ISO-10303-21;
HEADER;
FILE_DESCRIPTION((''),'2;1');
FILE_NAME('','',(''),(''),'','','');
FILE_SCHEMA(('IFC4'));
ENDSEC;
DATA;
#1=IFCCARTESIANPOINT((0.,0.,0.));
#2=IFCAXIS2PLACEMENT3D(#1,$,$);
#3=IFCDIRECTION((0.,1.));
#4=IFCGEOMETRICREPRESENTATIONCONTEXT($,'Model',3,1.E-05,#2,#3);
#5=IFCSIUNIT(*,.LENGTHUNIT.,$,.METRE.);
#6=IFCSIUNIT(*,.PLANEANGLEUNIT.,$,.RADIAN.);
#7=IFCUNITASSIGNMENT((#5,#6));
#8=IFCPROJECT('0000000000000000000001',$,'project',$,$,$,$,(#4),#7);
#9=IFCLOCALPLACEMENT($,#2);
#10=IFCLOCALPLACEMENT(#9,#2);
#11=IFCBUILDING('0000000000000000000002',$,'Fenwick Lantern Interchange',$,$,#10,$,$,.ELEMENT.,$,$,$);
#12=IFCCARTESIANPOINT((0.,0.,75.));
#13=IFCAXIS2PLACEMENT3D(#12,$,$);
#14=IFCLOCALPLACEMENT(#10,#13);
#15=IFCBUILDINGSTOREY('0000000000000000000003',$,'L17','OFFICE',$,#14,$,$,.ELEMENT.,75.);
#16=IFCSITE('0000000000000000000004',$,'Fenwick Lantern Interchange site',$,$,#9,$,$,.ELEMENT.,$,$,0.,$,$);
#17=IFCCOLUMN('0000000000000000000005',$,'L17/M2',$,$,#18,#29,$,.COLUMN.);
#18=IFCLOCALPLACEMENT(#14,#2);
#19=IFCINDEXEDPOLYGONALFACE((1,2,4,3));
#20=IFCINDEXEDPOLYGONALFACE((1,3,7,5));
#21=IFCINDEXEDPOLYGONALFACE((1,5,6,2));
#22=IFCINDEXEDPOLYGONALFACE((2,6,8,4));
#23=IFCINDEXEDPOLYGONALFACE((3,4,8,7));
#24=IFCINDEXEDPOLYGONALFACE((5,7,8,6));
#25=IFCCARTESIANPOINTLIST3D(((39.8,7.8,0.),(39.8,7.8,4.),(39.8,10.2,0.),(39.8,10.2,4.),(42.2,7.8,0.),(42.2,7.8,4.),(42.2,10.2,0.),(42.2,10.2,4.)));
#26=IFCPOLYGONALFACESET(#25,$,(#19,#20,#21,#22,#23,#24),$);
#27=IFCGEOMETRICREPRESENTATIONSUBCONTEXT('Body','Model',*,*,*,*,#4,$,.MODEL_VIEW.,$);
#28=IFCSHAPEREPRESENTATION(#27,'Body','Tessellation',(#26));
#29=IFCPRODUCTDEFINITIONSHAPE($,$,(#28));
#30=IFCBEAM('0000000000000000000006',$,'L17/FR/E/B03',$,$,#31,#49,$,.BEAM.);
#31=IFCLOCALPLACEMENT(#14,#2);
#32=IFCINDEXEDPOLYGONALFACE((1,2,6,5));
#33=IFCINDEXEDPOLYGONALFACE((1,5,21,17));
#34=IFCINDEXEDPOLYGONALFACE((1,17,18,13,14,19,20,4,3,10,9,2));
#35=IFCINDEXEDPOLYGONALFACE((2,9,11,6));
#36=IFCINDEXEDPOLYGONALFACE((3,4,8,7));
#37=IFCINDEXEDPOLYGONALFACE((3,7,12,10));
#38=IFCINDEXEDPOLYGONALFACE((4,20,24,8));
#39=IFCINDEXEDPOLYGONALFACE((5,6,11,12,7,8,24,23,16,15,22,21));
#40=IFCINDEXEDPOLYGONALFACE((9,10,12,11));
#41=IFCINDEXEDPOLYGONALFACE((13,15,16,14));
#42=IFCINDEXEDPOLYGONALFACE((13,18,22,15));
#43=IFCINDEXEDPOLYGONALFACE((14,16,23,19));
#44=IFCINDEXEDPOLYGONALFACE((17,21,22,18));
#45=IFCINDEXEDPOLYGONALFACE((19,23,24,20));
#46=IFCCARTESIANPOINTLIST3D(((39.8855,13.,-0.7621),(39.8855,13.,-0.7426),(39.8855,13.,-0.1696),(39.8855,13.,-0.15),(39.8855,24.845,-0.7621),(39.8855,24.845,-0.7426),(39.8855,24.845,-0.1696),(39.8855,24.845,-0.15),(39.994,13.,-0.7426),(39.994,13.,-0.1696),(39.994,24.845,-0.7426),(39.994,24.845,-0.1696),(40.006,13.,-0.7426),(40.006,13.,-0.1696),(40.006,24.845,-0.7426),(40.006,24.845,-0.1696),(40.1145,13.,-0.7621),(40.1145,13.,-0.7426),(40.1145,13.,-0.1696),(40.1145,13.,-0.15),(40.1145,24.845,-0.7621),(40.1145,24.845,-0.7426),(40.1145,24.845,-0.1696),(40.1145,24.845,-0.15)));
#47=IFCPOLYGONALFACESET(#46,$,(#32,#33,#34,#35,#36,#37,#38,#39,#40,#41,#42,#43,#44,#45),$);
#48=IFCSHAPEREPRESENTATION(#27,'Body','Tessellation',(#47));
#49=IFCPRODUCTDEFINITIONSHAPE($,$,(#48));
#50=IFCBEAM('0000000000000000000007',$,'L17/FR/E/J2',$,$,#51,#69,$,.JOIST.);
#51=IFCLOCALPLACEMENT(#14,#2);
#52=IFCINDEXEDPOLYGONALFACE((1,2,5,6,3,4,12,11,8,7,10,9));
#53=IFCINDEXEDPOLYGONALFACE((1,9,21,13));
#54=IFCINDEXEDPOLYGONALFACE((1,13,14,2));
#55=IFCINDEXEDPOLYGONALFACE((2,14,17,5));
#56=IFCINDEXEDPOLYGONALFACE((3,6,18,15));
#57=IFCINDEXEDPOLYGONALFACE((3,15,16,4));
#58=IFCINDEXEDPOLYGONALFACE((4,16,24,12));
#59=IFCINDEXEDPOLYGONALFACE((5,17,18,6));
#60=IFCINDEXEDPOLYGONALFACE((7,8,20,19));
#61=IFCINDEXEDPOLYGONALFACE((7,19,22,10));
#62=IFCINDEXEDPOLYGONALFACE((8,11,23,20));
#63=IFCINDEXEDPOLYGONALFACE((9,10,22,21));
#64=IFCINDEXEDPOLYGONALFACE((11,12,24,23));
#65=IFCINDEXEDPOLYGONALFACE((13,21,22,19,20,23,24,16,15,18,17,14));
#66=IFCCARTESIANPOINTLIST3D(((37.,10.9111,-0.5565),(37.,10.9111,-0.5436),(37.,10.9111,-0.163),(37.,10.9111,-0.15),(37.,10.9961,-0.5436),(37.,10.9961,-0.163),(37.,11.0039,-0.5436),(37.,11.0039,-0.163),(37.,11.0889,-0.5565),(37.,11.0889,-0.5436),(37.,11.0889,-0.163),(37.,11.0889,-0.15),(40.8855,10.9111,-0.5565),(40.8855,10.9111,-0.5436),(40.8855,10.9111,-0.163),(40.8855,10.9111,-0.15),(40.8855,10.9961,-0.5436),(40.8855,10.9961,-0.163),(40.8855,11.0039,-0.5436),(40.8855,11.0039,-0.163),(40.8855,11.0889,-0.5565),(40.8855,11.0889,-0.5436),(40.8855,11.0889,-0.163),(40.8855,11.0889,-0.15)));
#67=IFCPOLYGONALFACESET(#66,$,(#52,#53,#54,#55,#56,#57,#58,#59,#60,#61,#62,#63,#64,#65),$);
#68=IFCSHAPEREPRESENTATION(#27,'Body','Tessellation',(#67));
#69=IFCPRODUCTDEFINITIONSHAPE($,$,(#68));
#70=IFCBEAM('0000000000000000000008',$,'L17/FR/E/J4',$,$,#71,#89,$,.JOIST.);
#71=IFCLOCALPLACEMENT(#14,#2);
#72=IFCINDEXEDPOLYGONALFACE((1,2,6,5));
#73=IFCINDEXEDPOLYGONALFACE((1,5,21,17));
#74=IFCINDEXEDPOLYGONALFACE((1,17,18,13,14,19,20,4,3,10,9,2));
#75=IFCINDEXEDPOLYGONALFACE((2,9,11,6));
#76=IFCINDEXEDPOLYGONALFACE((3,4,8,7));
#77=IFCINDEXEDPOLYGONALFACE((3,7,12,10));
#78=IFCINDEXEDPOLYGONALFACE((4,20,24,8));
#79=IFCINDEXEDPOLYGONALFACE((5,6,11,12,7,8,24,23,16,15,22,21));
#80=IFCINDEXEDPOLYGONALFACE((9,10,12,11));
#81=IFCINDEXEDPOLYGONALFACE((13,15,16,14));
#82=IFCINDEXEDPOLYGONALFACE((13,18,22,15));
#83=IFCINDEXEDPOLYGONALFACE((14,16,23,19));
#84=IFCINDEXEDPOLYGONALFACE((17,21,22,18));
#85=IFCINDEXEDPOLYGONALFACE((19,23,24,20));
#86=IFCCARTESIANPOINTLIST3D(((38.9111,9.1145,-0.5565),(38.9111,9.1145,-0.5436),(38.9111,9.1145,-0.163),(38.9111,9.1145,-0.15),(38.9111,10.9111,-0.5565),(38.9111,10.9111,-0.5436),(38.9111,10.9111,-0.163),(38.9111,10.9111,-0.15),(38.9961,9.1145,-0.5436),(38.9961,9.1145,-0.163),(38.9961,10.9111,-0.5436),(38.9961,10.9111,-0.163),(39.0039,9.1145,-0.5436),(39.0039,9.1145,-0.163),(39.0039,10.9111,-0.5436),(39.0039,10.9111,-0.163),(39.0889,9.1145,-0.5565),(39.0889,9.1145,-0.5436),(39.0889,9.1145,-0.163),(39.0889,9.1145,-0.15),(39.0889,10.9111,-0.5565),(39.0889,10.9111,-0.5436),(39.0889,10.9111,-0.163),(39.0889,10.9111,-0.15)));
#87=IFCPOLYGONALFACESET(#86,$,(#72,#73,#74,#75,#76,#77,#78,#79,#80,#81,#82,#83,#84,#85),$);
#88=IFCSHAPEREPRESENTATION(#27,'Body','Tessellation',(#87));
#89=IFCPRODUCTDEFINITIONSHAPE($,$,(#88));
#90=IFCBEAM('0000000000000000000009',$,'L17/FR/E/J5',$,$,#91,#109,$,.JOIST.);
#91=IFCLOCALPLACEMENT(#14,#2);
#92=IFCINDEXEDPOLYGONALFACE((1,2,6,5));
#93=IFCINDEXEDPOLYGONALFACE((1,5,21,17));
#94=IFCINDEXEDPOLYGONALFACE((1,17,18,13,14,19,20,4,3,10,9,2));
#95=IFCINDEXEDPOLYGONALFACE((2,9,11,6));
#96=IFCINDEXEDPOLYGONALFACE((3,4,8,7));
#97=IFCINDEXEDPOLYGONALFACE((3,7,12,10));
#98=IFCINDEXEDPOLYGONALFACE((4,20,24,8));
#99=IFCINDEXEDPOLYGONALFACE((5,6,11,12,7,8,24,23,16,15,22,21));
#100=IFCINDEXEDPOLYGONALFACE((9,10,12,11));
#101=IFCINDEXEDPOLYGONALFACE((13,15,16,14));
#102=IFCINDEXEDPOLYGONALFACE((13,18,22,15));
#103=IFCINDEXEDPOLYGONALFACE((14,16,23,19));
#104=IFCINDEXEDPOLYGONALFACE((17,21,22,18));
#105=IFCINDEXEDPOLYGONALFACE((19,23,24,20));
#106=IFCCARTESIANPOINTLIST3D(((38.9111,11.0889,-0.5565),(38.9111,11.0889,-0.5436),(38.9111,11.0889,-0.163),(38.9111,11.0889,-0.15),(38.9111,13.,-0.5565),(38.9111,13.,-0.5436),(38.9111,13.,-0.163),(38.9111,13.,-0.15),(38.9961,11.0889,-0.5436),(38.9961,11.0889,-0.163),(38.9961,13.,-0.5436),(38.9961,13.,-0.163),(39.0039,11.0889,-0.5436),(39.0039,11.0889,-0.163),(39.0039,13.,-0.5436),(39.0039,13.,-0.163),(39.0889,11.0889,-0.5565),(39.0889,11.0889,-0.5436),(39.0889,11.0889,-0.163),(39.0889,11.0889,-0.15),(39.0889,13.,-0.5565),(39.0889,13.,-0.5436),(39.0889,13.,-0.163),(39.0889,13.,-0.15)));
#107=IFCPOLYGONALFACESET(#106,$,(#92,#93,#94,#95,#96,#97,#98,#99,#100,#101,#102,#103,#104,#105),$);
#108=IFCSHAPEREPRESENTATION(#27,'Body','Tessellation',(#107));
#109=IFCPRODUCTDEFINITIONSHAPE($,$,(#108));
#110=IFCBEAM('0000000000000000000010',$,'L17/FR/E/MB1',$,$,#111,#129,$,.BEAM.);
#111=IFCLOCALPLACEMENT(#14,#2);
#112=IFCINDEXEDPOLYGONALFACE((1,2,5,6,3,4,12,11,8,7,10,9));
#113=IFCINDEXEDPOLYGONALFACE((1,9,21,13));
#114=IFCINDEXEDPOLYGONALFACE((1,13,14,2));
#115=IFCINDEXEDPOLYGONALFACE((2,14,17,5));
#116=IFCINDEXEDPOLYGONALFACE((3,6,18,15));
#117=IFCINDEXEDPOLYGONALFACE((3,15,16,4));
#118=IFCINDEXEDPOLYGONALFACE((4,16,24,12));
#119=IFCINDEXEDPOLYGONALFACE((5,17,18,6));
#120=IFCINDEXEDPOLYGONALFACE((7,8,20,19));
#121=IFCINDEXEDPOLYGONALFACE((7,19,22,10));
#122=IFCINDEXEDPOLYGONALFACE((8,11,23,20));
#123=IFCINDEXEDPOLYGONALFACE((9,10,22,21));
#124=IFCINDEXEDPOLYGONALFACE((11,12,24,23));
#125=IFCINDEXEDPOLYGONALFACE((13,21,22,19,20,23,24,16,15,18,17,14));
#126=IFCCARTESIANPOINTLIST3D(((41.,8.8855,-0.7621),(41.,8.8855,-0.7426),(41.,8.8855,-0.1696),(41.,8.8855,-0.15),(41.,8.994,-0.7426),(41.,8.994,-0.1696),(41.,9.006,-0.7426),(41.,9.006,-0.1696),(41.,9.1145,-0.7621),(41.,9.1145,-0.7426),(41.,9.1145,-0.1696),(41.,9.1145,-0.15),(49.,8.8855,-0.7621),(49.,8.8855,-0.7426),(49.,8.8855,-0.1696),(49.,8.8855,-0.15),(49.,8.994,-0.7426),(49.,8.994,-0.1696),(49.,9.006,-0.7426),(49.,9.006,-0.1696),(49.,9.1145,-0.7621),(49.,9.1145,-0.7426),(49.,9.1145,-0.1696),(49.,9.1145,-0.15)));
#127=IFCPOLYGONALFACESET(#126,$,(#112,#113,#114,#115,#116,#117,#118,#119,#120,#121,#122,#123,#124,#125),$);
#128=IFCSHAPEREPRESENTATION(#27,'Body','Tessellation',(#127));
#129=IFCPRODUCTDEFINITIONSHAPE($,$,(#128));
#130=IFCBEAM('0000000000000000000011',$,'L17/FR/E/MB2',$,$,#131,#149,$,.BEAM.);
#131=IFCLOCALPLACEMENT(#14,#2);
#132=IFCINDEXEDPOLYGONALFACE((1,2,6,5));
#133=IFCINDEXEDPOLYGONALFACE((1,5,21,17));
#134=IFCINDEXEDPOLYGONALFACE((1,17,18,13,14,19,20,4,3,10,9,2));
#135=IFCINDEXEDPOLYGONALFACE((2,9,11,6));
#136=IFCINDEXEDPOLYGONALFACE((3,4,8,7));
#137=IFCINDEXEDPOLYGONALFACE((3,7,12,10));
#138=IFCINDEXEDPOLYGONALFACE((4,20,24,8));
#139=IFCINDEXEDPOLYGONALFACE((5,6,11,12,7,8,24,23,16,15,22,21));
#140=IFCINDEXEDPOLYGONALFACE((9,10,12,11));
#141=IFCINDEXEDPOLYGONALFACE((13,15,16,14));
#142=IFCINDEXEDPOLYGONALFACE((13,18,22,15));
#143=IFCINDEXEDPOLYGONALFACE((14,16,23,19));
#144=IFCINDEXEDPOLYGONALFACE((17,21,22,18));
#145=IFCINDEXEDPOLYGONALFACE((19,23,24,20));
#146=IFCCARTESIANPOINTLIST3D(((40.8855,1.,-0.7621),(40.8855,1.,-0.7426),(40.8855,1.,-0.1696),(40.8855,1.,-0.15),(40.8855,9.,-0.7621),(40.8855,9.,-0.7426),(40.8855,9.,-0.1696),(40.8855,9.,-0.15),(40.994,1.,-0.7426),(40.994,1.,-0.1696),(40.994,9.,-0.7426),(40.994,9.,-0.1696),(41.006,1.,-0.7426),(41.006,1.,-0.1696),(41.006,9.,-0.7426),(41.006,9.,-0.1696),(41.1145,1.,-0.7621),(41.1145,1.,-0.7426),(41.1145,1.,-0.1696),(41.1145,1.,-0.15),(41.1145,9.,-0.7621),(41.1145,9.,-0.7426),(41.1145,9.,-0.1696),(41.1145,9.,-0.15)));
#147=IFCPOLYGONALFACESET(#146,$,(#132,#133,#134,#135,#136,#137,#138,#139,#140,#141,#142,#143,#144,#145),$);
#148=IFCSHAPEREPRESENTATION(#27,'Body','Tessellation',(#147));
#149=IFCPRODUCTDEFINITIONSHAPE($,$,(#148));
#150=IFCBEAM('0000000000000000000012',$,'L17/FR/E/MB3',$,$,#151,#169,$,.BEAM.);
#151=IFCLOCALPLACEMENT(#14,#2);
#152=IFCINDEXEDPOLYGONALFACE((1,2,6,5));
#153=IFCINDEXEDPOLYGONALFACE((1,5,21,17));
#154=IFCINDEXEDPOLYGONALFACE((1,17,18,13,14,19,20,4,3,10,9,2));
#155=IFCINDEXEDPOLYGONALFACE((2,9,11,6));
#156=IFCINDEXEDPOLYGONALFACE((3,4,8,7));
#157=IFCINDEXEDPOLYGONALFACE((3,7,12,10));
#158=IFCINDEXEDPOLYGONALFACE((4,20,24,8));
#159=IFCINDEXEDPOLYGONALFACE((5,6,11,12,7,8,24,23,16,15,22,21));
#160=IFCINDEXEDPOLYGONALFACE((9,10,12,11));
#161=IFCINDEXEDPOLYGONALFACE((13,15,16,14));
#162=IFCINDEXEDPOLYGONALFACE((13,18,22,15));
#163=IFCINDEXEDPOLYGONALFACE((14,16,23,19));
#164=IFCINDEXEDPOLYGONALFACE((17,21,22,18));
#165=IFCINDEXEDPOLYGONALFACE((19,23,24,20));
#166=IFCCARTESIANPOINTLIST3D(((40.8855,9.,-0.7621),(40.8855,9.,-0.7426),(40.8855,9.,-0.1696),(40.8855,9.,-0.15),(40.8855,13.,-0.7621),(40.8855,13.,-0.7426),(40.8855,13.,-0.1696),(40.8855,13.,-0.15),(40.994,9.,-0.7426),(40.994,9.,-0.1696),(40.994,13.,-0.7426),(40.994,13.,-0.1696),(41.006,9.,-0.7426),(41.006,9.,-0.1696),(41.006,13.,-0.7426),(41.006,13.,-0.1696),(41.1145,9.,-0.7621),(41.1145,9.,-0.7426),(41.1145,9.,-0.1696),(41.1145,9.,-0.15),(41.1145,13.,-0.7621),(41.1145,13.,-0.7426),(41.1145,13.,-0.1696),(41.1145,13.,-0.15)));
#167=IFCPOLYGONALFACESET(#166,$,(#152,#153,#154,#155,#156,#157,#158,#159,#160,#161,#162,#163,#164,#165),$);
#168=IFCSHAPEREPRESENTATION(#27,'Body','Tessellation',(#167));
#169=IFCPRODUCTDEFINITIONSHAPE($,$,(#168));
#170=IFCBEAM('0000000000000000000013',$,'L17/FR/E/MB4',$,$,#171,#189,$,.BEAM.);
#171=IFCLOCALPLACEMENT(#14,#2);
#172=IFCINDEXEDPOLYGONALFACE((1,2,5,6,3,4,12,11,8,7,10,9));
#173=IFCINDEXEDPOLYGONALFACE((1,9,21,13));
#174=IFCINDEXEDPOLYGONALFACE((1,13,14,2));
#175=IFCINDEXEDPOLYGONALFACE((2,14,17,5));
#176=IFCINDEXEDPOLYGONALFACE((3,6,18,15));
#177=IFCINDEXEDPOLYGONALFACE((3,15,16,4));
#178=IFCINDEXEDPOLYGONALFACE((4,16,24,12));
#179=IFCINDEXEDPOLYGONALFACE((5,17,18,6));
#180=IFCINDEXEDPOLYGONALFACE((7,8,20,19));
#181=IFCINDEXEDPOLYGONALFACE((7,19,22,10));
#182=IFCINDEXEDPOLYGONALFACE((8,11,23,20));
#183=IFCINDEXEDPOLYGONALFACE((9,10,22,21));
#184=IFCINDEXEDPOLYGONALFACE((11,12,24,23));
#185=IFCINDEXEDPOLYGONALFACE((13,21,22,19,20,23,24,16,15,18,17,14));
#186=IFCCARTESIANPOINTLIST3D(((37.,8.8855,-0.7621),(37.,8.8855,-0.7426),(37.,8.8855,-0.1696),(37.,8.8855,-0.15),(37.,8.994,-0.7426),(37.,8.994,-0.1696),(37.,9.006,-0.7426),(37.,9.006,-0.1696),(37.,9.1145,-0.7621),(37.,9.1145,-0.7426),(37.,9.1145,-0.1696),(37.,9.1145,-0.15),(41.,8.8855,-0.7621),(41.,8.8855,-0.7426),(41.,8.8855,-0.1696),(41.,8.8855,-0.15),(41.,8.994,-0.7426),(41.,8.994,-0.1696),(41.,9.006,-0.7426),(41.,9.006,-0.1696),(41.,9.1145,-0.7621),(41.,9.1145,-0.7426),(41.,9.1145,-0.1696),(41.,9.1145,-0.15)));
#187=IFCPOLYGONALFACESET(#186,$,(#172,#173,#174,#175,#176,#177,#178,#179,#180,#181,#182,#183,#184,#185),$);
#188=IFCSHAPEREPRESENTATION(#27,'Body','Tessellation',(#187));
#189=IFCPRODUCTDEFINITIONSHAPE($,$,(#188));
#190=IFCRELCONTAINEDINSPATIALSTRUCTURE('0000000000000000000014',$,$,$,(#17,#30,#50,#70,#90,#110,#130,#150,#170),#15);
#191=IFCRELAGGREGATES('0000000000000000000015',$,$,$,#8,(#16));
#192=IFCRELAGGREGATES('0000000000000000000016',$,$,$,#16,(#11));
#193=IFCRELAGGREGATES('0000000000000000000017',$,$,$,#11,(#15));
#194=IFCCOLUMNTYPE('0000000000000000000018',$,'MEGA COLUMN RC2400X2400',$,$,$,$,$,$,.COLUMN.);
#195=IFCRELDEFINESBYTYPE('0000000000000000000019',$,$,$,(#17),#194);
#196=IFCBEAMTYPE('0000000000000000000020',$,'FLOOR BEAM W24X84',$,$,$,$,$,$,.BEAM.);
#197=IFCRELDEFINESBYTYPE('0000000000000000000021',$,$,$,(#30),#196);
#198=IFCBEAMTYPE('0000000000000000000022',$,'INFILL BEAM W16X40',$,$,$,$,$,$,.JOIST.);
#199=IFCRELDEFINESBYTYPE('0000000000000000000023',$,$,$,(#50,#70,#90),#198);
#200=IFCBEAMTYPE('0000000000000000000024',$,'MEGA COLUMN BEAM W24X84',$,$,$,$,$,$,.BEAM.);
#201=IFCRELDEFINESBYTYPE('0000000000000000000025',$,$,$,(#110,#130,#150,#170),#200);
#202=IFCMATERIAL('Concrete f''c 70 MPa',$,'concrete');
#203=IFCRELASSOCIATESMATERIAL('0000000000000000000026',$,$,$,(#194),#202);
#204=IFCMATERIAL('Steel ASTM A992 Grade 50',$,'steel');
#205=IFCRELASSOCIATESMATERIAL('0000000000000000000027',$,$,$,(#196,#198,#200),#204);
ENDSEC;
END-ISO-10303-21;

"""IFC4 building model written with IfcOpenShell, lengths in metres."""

from ifc_helpers import new_model, si_unit, direction, frame, origin, origin_2d, place, context, subcontext, project, spatial, rectangle, i_section, extrude, material, material_profile, profile_set, type_object, element, save


model = new_model("IFC4")

# Units and contexts
model_context = context("Model", 3, precision=1e-05, world=origin(), true_north=direction((0.0, 1.0)))
body_context = subcontext(model_context, "Body", "Model", "MODEL_VIEW")
ifc_project = project(units=[si_unit("LENGTHUNIT", "METRE"), si_unit("PLANEANGLEUNIT", "RADIAN")], contexts=[model_context])

# Site, building, storey
site_placement = place(None, origin())
site = spatial("IfcSite", under=ifc_project, at=site_placement, Name="Fenwick Lantern Interchange site", CompositionType="ELEMENT", RefElevation=0.0)
building_placement = place(site_placement, origin())
building = spatial("IfcBuilding", under=site, at=building_placement, Name="Fenwick Lantern Interchange", CompositionType="ELEMENT")
storey_placement = place(building_placement, frame((0.0, 0.0, 75.0)))
storey = spatial("IfcBuildingStorey", under=building, at=storey_placement, Name="L17", Description="OFFICE", CompositionType="ELEMENT", Elevation=75.0)

# Column
ifc_material_1 = material(Name="Concrete f'c 70 MPa", Category="concrete")
ifc_material_profile_1 = material_profile(ifc_material_1, rectangle(XDim=2.3999, YDim=2.3999, at=origin_2d()), Name="RC2400X2400")
ifc_profile_set_1 = profile_set([ifc_material_profile_1], Name="Concrete f'c 70 MPa")
column_type = type_object("IfcColumnType", Name="MEGA COLUMN RC2400X2400", PredefinedType="COLUMN", material=ifc_profile_set_1)
column_placement = place(storey_placement, frame((41.0, 9.0, 0.0), z_axis=(0.0, 0.0, 1.0), x_axis=(1.0, 0.0, 0.0)))
element("IfcColumn", 1, at=column_placement, inside=storey, type_object=column_type, Name="L17/M2", PredefinedType="COLUMN", context=body_context, shape_type="SweptSolid", body=[
    extrude(rectangle(XDim=2.3999, YDim=2.3999, at=origin_2d()), origin(), (0.0, 0.0, 1.0), 4.0),
])

# Beams
ifc_material_2 = material(Name="Steel ASTM A992 Grade 50", Category="steel")
ifc_material_profile_2 = material_profile(ifc_material_2, i_section(OverallWidth=0.229, OverallDepth=0.6121, WebThickness=0.012, FlangeThickness=0.0195, at=origin_2d()), Name="W24X84")
ifc_profile_set_2 = profile_set([ifc_material_profile_2], Name="Steel ASTM A992 Grade 50")
beam_type_1 = type_object("IfcBeamType", Name="FLOOR BEAM W24X84", PredefinedType="BEAM", material=ifc_profile_set_2)
beam_1_placement = place(storey_placement, frame((40.0, 13.0, -0.4561), z_axis=(0.0, 1.0, 0.0), x_axis=(-1.0, 0.0, 0.0)))
element("IfcBeam", 2, at=beam_1_placement, inside=storey, type_object=beam_type_1, Name="L17/FR/E/B03", PredefinedType="BEAM", context=body_context, shape_type="SweptSolid", body=[
    extrude(i_section(OverallWidth=0.229, OverallDepth=0.6121, WebThickness=0.012, FlangeThickness=0.0195, at=origin_2d()), origin(), (0.0, 0.0, 1.0), 11.845),
])
ifc_material_profile_3 = material_profile(ifc_material_2, i_section(OverallWidth=0.1777, OverallDepth=0.4065, WebThickness=0.0078, FlangeThickness=0.0129, at=origin_2d()), Name="W16X40")
ifc_profile_set_3 = profile_set([ifc_material_profile_3], Name="Steel ASTM A992 Grade 50")
beam_type_2 = type_object("IfcBeamType", Name="INFILL BEAM W16X40", PredefinedType="JOIST", material=ifc_profile_set_3)
beam_2_placement = place(storey_placement, frame((40.8855, 11.0, -0.3533), z_axis=(-1.0, 0.0, 0.0), x_axis=(0.0, -1.0, 0.0)))
element("IfcBeam", 3, at=beam_2_placement, inside=storey, type_object=beam_type_2, Name="L17/FR/E/J2", PredefinedType="JOIST", context=body_context, shape_type="SweptSolid", body=[
    extrude(i_section(OverallWidth=0.1777, OverallDepth=0.4065, WebThickness=0.0078, FlangeThickness=0.0129, at=origin_2d()), origin(), (0.0, 0.0, 1.0), 3.8855),
])
beam_3_placement = place(storey_placement, frame((39.0, 9.1145, -0.3533), z_axis=(0.0, 1.0, 0.0), x_axis=(-1.0, 0.0, 0.0)))
element("IfcBeam", 4, at=beam_3_placement, inside=storey, type_object=beam_type_2, Name="L17/FR/E/J4", PredefinedType="JOIST", context=body_context, shape_type="SweptSolid", body=[
    extrude(i_section(OverallWidth=0.1777, OverallDepth=0.4065, WebThickness=0.0078, FlangeThickness=0.0129, at=origin_2d()), origin(), (0.0, 0.0, 1.0), 1.7966),
])
beam_4_placement = place(storey_placement, frame((39.0, 11.0889, -0.3533), z_axis=(0.0, 1.0, 0.0), x_axis=(-1.0, 0.0, 0.0)))
element("IfcBeam", 5, at=beam_4_placement, inside=storey, type_object=beam_type_2, Name="L17/FR/E/J5", PredefinedType="JOIST", context=body_context, shape_type="SweptSolid", body=[
    extrude(i_section(OverallWidth=0.1777, OverallDepth=0.4065, WebThickness=0.0078, FlangeThickness=0.0129, at=origin_2d()), origin(), (0.0, 0.0, 1.0), 1.9111),
])
ifc_material_profile_4 = material_profile(ifc_material_2, i_section(OverallWidth=0.229, OverallDepth=0.6121, WebThickness=0.012, FlangeThickness=0.0195, at=origin_2d()), Name="W24X84")
ifc_profile_set_4 = profile_set([ifc_material_profile_4], Name="Steel ASTM A992 Grade 50")
beam_type_3 = type_object("IfcBeamType", Name="MEGA COLUMN BEAM W24X84", PredefinedType="BEAM", material=ifc_profile_set_4)
for number, where, z_axis, x_axis, name in (
    (6, (41.0, 9.0, -0.4561), (1.0, 0.0, 0.0), (0.0, 1.0, 0.0), "L17/FR/E/MB1"),
    (7, (41.0, 9.0, -0.4561), (0.0, -1.0, 0.0), (1.0, 0.0, 0.0), "L17/FR/E/MB2"),
):
    element("IfcBeam", number, at=place(storey_placement, frame(where, z_axis=z_axis, x_axis=x_axis)), inside=storey, type_object=beam_type_3, Name=name, PredefinedType="BEAM", context=body_context, shape_type="SweptSolid", body=[
        extrude(i_section(OverallWidth=0.229, OverallDepth=0.6121, WebThickness=0.012, FlangeThickness=0.0195, at=origin_2d()), origin(), (0.0, 0.0, 1.0), 8.0),
    ])
for number, where, z_axis, x_axis, name in (
    (8, (41.0, 9.0, -0.4561), (0.0, 1.0, 0.0), (-1.0, 0.0, 0.0), "L17/FR/E/MB3"),
    (9, (41.0, 9.0, -0.4561), (-1.0, 0.0, 0.0), (0.0, -1.0, 0.0), "L17/FR/E/MB4"),
):
    element("IfcBeam", number, at=place(storey_placement, frame(where, z_axis=z_axis, x_axis=x_axis)), inside=storey, type_object=beam_type_3, Name=name, PredefinedType="BEAM", context=body_context, shape_type="SweptSolid", body=[
        extrude(i_section(OverallWidth=0.229, OverallDepth=0.6121, WebThickness=0.012, FlangeThickness=0.0195, at=origin_2d()), origin(), (0.0, 0.0, 1.0), 4.0),
    ])

save(model, "model.ifc")
